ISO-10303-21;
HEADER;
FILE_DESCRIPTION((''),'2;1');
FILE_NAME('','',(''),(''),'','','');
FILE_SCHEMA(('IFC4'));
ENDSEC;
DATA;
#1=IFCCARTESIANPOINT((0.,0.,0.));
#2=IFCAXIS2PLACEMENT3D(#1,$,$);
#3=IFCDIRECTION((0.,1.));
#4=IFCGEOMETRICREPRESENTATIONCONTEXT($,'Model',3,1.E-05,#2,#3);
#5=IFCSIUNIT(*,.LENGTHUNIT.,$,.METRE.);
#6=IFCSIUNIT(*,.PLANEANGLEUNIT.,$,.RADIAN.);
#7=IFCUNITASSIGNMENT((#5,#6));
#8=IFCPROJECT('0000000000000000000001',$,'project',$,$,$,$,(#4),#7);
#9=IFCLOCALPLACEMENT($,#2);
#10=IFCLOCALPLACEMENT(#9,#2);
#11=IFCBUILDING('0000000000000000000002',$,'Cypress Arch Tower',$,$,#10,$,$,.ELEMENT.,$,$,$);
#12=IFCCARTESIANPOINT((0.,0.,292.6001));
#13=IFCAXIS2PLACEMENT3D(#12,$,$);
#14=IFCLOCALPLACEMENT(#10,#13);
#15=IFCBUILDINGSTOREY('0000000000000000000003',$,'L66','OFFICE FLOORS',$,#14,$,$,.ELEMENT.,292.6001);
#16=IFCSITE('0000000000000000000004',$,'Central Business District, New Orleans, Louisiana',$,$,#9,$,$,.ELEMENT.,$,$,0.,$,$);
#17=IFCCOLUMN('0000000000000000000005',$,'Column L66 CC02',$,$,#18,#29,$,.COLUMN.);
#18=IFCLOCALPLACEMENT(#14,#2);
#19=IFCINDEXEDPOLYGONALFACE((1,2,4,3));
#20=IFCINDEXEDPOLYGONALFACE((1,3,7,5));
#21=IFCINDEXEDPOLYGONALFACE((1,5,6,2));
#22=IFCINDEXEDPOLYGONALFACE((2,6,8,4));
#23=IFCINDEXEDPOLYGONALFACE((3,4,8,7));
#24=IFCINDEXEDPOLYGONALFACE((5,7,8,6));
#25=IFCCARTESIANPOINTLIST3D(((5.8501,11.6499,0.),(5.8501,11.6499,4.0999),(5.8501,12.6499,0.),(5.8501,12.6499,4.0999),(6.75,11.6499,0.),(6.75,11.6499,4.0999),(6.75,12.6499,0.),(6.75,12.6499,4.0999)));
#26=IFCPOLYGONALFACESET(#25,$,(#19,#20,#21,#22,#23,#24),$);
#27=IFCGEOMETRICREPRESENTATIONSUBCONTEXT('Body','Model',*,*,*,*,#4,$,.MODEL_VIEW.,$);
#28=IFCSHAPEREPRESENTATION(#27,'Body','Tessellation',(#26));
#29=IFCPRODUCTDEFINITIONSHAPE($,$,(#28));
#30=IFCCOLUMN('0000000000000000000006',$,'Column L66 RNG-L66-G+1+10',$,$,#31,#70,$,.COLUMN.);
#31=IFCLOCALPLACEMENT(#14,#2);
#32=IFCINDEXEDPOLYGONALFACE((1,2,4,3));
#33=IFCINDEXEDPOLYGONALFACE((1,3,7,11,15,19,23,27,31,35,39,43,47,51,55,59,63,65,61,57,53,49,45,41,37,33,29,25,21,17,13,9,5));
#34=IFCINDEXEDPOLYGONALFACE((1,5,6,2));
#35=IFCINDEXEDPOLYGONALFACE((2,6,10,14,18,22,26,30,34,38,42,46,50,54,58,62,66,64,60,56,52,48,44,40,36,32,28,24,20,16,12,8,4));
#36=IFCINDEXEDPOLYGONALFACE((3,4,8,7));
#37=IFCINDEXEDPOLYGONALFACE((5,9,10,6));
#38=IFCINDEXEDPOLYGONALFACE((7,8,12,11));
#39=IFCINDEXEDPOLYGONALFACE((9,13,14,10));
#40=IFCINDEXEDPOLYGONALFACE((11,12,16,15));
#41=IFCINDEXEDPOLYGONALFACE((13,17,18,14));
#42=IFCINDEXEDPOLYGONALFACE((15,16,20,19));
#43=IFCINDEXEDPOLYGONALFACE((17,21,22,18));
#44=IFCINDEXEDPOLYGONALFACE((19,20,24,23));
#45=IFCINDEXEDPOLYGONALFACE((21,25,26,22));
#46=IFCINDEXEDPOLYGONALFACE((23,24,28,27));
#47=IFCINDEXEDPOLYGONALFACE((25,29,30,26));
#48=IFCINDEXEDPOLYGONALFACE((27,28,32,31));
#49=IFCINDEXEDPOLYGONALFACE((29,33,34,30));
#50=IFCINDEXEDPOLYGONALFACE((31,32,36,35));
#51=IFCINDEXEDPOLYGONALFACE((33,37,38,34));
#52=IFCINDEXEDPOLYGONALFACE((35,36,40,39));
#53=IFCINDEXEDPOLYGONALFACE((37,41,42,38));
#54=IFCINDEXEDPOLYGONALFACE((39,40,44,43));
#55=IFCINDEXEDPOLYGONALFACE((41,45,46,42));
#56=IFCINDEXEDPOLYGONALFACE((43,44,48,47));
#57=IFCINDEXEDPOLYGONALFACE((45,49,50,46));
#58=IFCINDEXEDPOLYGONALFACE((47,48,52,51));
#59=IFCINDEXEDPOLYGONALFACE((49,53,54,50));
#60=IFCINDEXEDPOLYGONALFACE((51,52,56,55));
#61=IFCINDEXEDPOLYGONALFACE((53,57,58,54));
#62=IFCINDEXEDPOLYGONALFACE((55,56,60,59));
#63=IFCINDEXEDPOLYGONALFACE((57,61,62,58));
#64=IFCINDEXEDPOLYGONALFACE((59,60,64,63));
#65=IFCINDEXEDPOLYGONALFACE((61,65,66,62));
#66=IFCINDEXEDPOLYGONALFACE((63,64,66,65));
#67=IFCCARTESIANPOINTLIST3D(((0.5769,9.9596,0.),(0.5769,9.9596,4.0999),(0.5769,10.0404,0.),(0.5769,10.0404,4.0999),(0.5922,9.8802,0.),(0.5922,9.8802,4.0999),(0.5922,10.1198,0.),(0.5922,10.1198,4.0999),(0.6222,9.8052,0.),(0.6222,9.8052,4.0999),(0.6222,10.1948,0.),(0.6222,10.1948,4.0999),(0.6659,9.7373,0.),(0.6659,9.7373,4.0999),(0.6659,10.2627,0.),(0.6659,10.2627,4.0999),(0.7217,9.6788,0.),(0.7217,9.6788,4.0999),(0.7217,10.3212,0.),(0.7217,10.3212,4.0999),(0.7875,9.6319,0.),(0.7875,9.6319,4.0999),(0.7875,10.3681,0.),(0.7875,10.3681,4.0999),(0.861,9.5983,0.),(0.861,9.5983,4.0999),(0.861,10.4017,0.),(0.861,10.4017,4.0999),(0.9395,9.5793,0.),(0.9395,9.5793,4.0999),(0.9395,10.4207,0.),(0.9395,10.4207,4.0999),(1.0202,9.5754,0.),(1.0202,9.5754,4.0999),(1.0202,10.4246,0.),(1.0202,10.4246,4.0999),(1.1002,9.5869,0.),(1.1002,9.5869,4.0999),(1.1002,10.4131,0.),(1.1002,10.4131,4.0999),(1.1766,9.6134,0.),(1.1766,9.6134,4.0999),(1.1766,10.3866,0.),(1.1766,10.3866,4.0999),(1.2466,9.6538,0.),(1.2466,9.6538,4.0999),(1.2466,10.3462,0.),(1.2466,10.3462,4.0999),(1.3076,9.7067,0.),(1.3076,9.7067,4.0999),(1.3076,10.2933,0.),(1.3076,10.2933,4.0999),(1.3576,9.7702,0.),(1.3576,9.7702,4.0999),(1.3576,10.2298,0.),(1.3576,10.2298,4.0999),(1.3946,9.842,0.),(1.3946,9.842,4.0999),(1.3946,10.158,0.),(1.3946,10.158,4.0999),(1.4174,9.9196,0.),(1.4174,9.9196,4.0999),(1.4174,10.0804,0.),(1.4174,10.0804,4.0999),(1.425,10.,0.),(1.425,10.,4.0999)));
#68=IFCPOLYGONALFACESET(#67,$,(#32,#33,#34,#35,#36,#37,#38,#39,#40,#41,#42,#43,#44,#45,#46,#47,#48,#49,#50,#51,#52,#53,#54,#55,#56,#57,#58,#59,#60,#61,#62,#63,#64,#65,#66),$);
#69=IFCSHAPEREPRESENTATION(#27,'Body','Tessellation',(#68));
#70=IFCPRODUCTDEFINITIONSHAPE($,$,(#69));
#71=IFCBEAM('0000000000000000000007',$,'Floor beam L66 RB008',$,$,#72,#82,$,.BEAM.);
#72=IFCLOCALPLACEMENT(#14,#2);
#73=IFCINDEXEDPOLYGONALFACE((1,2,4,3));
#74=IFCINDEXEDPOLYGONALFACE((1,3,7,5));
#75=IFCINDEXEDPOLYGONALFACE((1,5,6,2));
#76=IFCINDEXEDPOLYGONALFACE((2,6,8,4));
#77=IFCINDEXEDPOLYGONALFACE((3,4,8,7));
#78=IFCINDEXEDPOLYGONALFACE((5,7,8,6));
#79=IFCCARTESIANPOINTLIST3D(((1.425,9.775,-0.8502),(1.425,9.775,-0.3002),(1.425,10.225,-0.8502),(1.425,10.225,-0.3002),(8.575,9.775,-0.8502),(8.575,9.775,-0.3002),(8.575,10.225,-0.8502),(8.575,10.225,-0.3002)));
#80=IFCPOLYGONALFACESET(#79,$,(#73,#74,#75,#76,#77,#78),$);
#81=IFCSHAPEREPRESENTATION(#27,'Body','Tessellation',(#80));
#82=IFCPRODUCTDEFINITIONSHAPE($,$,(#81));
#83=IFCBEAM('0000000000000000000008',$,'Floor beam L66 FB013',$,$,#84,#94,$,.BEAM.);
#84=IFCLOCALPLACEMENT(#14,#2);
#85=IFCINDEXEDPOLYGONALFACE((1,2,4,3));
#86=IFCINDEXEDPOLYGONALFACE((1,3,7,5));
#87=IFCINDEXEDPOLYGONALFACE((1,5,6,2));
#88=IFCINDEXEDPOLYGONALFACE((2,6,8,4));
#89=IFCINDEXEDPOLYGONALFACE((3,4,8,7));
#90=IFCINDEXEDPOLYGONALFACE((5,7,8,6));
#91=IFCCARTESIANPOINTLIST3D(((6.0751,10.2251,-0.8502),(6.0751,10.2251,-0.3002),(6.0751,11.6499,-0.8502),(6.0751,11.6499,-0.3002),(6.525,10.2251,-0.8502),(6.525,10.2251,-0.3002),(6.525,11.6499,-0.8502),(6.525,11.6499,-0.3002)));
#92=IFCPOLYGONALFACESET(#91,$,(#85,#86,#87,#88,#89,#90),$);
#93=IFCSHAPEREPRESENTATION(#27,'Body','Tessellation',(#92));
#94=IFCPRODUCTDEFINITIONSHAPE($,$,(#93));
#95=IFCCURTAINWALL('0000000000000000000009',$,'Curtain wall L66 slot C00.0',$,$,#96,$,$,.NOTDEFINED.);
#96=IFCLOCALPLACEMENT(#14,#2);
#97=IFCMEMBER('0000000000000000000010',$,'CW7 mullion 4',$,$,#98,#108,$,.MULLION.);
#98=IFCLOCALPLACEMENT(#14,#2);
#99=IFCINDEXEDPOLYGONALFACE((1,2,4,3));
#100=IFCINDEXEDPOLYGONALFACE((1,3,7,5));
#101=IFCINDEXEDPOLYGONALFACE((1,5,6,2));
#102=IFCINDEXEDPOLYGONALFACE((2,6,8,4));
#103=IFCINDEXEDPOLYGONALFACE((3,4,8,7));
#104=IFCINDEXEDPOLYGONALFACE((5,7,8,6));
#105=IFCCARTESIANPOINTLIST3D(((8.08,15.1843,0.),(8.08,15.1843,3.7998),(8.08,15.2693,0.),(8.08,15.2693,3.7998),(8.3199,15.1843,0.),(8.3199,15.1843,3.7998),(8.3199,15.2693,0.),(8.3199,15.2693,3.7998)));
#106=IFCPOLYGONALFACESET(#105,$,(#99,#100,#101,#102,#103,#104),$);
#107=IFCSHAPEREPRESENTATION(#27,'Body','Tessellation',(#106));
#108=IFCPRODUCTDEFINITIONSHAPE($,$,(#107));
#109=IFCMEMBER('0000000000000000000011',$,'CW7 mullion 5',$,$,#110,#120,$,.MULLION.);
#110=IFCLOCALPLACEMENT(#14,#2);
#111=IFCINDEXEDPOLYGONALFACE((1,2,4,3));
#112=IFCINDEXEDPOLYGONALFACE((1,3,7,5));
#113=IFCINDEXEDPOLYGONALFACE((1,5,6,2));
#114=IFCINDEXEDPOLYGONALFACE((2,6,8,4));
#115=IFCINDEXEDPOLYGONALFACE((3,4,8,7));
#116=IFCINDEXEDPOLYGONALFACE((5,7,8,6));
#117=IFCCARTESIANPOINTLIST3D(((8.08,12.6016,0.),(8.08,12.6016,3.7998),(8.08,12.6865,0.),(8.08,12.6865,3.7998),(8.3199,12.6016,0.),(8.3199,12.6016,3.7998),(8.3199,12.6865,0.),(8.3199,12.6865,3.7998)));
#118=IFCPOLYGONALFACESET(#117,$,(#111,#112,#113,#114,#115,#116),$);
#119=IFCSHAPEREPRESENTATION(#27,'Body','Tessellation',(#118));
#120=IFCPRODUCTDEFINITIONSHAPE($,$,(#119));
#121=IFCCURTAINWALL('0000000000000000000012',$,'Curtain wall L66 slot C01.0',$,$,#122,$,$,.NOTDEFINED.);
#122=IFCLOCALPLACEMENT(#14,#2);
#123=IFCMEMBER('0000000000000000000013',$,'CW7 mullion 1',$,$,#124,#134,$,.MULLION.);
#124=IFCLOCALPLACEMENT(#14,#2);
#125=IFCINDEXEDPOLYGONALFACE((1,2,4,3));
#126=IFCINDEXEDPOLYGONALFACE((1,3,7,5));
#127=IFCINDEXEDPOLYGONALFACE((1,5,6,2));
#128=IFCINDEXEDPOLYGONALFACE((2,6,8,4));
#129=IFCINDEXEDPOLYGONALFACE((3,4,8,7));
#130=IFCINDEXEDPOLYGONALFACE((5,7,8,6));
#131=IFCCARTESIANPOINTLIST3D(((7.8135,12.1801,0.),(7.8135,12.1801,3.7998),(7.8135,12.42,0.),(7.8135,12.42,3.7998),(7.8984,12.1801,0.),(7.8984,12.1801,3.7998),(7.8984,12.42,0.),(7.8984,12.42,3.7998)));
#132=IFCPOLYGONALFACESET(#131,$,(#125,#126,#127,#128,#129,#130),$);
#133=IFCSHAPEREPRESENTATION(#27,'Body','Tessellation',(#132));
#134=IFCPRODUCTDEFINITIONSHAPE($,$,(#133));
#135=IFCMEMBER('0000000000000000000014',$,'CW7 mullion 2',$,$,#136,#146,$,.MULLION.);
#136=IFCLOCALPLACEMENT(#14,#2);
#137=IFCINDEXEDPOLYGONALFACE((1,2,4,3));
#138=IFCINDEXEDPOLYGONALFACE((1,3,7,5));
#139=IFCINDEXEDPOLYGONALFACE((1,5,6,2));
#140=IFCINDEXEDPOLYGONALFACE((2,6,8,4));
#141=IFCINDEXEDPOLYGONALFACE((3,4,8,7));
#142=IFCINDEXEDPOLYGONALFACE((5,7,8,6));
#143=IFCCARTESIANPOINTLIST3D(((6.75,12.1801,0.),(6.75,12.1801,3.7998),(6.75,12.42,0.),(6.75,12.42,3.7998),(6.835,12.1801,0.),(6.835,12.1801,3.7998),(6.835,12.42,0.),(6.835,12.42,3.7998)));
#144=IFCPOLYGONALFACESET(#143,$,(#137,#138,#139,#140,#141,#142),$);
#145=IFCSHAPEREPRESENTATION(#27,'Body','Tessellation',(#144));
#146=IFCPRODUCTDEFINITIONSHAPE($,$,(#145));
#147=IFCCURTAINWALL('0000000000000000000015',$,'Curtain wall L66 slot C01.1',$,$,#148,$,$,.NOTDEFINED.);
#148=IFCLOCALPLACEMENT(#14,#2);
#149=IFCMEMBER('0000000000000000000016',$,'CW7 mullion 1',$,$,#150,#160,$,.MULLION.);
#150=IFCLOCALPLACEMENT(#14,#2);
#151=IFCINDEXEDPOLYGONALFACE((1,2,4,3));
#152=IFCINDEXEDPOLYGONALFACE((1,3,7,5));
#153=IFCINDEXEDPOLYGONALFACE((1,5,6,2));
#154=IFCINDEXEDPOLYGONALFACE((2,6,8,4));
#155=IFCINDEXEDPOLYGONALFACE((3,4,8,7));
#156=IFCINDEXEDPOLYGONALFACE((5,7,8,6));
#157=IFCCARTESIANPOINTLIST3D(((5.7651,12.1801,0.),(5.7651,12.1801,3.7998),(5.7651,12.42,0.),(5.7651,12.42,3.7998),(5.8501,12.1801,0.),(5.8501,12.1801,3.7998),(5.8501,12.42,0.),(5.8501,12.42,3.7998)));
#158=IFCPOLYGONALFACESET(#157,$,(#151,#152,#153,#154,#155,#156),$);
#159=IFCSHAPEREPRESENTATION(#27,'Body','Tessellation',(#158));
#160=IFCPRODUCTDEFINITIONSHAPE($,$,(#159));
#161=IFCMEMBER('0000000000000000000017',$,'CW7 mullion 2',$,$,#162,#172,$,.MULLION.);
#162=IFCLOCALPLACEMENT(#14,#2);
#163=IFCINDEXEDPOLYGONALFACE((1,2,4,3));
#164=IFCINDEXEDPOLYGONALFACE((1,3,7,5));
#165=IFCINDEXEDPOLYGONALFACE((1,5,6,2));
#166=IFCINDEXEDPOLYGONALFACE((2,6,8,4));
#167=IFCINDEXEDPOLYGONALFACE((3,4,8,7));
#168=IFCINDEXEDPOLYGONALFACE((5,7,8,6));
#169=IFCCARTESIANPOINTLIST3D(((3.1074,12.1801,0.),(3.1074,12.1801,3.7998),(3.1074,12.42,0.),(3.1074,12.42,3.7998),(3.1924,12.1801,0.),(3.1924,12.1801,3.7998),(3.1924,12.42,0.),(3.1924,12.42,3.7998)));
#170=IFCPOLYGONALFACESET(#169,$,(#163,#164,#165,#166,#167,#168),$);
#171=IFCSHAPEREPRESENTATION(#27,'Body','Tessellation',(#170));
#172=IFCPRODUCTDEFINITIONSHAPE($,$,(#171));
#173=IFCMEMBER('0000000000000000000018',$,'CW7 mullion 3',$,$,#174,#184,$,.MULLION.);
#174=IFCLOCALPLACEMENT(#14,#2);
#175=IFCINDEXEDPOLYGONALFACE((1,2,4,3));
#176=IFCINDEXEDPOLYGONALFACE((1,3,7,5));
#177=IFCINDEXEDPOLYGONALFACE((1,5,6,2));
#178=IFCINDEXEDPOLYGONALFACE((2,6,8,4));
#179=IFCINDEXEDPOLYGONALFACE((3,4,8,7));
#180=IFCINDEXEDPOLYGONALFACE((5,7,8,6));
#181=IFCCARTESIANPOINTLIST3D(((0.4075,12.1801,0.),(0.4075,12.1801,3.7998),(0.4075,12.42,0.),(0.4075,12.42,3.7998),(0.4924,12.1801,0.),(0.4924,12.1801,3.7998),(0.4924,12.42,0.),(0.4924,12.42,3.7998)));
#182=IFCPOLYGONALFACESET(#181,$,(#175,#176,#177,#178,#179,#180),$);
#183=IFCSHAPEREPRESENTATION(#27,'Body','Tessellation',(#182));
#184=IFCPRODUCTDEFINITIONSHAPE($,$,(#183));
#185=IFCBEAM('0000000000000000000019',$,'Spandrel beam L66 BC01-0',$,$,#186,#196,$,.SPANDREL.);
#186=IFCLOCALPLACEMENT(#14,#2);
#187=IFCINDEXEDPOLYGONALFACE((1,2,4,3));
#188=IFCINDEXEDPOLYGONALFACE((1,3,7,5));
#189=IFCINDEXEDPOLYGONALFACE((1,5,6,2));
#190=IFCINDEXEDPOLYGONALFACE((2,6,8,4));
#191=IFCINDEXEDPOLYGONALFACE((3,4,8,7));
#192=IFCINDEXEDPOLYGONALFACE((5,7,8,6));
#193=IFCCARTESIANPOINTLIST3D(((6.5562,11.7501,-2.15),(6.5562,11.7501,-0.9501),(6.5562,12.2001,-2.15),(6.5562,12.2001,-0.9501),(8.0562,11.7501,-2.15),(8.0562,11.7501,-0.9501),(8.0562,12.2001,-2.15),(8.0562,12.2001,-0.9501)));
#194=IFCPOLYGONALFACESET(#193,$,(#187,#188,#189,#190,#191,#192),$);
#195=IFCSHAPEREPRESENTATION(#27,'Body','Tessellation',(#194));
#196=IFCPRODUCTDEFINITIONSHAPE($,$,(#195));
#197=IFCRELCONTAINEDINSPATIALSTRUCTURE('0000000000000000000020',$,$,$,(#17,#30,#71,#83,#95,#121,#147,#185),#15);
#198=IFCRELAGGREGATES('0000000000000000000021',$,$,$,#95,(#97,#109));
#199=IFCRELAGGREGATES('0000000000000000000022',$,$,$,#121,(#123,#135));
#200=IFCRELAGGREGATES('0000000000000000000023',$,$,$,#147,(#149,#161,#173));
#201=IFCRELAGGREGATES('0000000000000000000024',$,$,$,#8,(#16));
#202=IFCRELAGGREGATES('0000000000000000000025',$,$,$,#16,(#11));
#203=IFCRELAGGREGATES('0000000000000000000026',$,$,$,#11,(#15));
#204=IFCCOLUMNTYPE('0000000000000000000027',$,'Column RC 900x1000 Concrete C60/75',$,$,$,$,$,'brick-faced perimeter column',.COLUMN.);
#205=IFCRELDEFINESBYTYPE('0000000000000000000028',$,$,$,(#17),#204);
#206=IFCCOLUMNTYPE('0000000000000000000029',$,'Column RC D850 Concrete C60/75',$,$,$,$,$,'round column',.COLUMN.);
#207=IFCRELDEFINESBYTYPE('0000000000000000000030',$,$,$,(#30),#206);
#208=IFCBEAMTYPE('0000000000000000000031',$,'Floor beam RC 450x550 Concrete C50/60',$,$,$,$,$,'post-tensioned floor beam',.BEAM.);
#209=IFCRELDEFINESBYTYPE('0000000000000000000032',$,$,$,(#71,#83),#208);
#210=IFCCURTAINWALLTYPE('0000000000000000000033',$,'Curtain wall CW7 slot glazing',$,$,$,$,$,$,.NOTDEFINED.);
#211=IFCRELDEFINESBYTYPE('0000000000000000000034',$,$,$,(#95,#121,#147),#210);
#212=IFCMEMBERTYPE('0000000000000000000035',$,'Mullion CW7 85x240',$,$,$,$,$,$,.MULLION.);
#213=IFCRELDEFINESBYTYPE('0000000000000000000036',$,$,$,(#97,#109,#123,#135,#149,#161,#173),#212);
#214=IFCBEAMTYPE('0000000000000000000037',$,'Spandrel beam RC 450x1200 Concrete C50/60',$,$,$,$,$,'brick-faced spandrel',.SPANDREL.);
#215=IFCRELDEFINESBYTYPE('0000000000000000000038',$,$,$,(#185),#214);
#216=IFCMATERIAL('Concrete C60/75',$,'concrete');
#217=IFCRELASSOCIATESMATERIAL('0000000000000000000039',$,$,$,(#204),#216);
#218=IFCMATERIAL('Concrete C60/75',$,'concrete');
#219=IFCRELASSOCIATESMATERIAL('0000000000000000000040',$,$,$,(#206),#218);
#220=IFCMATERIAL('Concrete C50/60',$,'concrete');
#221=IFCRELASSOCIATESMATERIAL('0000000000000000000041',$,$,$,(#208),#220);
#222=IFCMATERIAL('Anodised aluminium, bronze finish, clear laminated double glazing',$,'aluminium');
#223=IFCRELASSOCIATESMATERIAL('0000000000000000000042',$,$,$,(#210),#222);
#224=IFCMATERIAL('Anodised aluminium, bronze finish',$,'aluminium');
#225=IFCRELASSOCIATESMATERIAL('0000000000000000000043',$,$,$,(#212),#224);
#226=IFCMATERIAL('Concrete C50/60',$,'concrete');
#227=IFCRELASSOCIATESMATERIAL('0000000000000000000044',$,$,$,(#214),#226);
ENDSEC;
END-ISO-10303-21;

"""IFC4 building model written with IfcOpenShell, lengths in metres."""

from ifc_helpers import new_model, si_unit, direction, frame, origin, origin_2d, place, context, subcontext, project, spatial, rectangle, circle, extrude, material, material_profile, profile_set, type_object, element, aggregate, save


model = new_model("IFC4")

# Units and contexts
model_context = context("Model", 3, precision=1e-05, world=origin(), true_north=direction((0.0, 1.0)))
body_context = subcontext(model_context, "Body", "Model", "MODEL_VIEW")
ifc_project = project(units=[si_unit("LENGTHUNIT", "METRE"), si_unit("PLANEANGLEUNIT", "RADIAN")], contexts=[model_context])

# Site, building, storey
site_placement = place(None, origin())
site = spatial("IfcSite", under=ifc_project, at=site_placement, Name="Central Business District, New Orleans, Louisiana", CompositionType="ELEMENT", RefElevation=0.0)
building_placement = place(site_placement, origin())
building = spatial("IfcBuilding", under=site, at=building_placement, Name="Cypress Arch Tower", CompositionType="ELEMENT")
storey_placement = place(building_placement, frame((0.0, 0.0, 292.6001)))
storey = spatial("IfcBuildingStorey", under=building, at=storey_placement, Name="L66", Description="OFFICE FLOORS", CompositionType="ELEMENT", Elevation=292.6001)

# Columns
ifc_material_1 = material(Name="Concrete C60/75", Category="concrete")
ifc_material_profile_1 = material_profile(ifc_material_1, rectangle(XDim=0.8999, YDim=1.0, at=origin_2d()), Name="RC 900x1000")
ifc_profile_set_1 = profile_set([ifc_material_profile_1], Name="Concrete C60/75")
column_type_1 = type_object("IfcColumnType", Name="Column RC 900x1000 Concrete C60/75", ElementType="brick-faced perimeter column", PredefinedType="COLUMN", material=ifc_profile_set_1)
column_1_placement = place(storey_placement, frame((6.3, 12.1499, 0.0), z_axis=(0.0, 0.0, 1.0), x_axis=(-1.0, 0.0, 0.0)))
element("IfcColumn", 1, at=column_1_placement, inside=storey, type_object=column_type_1, Name="Column L66 CC02", PredefinedType="COLUMN", context=body_context, shape_type="SweptSolid", body=[
    extrude(rectangle(XDim=0.8999, YDim=1.0, at=origin_2d()), origin(), (0.0, 0.0, 1.0), 4.0999),
])
ifc_material_2 = material(Name="Concrete C60/75", Category="concrete")
ifc_material_profile_2 = material_profile(ifc_material_2, circle(Radius=0.425, at=origin_2d()), Name="RC D850")
ifc_profile_set_2 = profile_set([ifc_material_profile_2], Name="Concrete C60/75")
column_type_2 = type_object("IfcColumnType", Name="Column RC D850 Concrete C60/75", ElementType="round column", PredefinedType="COLUMN", material=ifc_profile_set_2)
column_2_placement = place(storey_placement, frame((1.0, 10.0, 0.0), z_axis=(0.0, 0.0, 1.0), x_axis=(1.0, 0.0, 0.0)))
element("IfcColumn", 2, at=column_2_placement, inside=storey, type_object=column_type_2, Name="Column L66 RNG-L66-G+1+10", PredefinedType="COLUMN", context=body_context, shape_type="SweptSolid", body=[
    extrude(circle(Radius=0.425, at=origin_2d()), origin(), (0.0, 0.0, 1.0), 4.0999),
])

# Beams
ifc_material_3 = material(Name="Concrete C50/60", Category="concrete")
ifc_material_profile_3 = material_profile(ifc_material_3, rectangle(XDim=0.45, YDim=0.55, at=origin_2d()), Name="RC 450x550")
ifc_profile_set_3 = profile_set([ifc_material_profile_3], Name="Concrete C50/60")
beam_type_1 = type_object("IfcBeamType", Name="Floor beam RC 450x550 Concrete C50/60", ElementType="post-tensioned floor beam", PredefinedType="BEAM", material=ifc_profile_set_3)
beam_1_placement = place(storey_placement, frame((1.425, 10.0, -0.5752), z_axis=(1.0, 0.0, 0.0), x_axis=(0.0, 1.0, 0.0)))
element("IfcBeam", 3, at=beam_1_placement, inside=storey, type_object=beam_type_1, Name="Floor beam L66 RB008", PredefinedType="BEAM", context=body_context, shape_type="SweptSolid", body=[
    extrude(rectangle(XDim=0.45, YDim=0.55, at=origin_2d()), origin(), (0.0, 0.0, 1.0), 7.1499),
])
beam_2_placement = place(storey_placement, frame((6.3, 10.2251, -0.5752), z_axis=(0.0, 1.0, 0.0), x_axis=(-1.0, 0.0, 0.0)))
element("IfcBeam", 4, at=beam_2_placement, inside=storey, type_object=beam_type_1, Name="Floor beam L66 FB013", PredefinedType="BEAM", context=body_context, shape_type="SweptSolid", body=[
    extrude(rectangle(XDim=0.45, YDim=0.55, at=origin_2d()), origin(), (0.0, 0.0, 1.0), 1.4248),
])

# Curtain walls, members
ifc_material_4 = material(Name="Anodised aluminium, bronze finish, clear laminated double glazing", Category="aluminium")
curtain_wall_type = type_object("IfcCurtainWallType", Name="Curtain wall CW7 slot glazing", PredefinedType="NOTDEFINED", material=ifc_material_4)
curtain_wall_1_placement = place(storey_placement, origin())
curtain_wall_1 = element("IfcCurtainWall", 5, at=curtain_wall_1_placement, inside=storey, type_object=curtain_wall_type, Name="Curtain wall L66 slot C00.0", PredefinedType="NOTDEFINED")
ifc_material_5 = material(Name="Anodised aluminium, bronze finish", Category="aluminium")
ifc_material_profile_4 = material_profile(ifc_material_5, rectangle(XDim=0.24, YDim=0.085, at=origin_2d()), Name="Mullion 85x240")
ifc_profile_set_4 = profile_set([ifc_material_profile_4], Name="Anodised aluminium, bronze finish")
member_type_1 = type_object("IfcMemberType", Name="Mullion CW7 85x240", PredefinedType="MULLION", material=ifc_profile_set_4)
member_1_placement = place(storey_placement, frame((8.2, 15.2268, 0.0), z_axis=(0.0, 0.0, 1.0), x_axis=(1.0, 0.0, 0.0)))
member_1 = element("IfcMember", 6, at=member_1_placement, type_object=member_type_1, Name="CW7 mullion 4", PredefinedType="MULLION", context=body_context, shape_type="SweptSolid", body=[
    extrude(rectangle(XDim=0.24, YDim=0.085, at=origin_2d()), origin(), (0.0, 0.0, 1.0), 3.7998),
])
member_2_placement = place(storey_placement, frame((8.2, 12.644, 0.0), z_axis=(0.0, 0.0, 1.0), x_axis=(1.0, 0.0, 0.0)))
member_2 = element("IfcMember", 7, at=member_2_placement, type_object=member_type_1, Name="CW7 mullion 5", PredefinedType="MULLION", context=body_context, shape_type="SweptSolid", body=[
    extrude(rectangle(XDim=0.24, YDim=0.085, at=origin_2d()), origin(), (0.0, 0.0, 1.0), 3.7998),
])
curtain_wall_2_placement = place(storey_placement, origin())
curtain_wall_2 = element("IfcCurtainWall", 8, at=curtain_wall_2_placement, inside=storey, type_object=curtain_wall_type, Name="Curtain wall L66 slot C01.0", PredefinedType="NOTDEFINED")
member_3_placement = place(storey_placement, frame((7.856, 12.3, 0.0), z_axis=(0.0, 0.0, 1.0), x_axis=(0.0, -1.0, 0.0)))
member_3 = element("IfcMember", 9, at=member_3_placement, type_object=member_type_1, Name="CW7 mullion 1", PredefinedType="MULLION", context=body_context, shape_type="SweptSolid", body=[
    extrude(rectangle(XDim=0.24, YDim=0.085, at=origin_2d()), origin(), (0.0, 0.0, 1.0), 3.7998),
])
member_4_placement = place(storey_placement, frame((6.7925, 12.3, 0.0), z_axis=(0.0, 0.0, 1.0), x_axis=(0.0, -1.0, 0.0)))
member_4 = element("IfcMember", 10, at=member_4_placement, type_object=member_type_1, Name="CW7 mullion 2", PredefinedType="MULLION", context=body_context, shape_type="SweptSolid", body=[
    extrude(rectangle(XDim=0.24, YDim=0.085, at=origin_2d()), origin(), (0.0, 0.0, 1.0), 3.7998),
])
curtain_wall_3_placement = place(storey_placement, origin())
curtain_wall_3 = element("IfcCurtainWall", 11, at=curtain_wall_3_placement, inside=storey, type_object=curtain_wall_type, Name="Curtain wall L66 slot C01.1", PredefinedType="NOTDEFINED")
member_5_placement = place(storey_placement, frame((5.8076, 12.3, 0.0), z_axis=(0.0, 0.0, 1.0), x_axis=(0.0, -1.0, 0.0)))
member_5 = element("IfcMember", 12, at=member_5_placement, type_object=member_type_1, Name="CW7 mullion 1", PredefinedType="MULLION", context=body_context, shape_type="SweptSolid", body=[
    extrude(rectangle(XDim=0.24, YDim=0.085, at=origin_2d()), origin(), (0.0, 0.0, 1.0), 3.7998),
])
member_6_placement = place(storey_placement, frame((3.1499, 12.3, 0.0), z_axis=(0.0, 0.0, 1.0), x_axis=(0.0, -1.0, 0.0)))
member_6 = element("IfcMember", 13, at=member_6_placement, type_object=member_type_1, Name="CW7 mullion 2", PredefinedType="MULLION", context=body_context, shape_type="SweptSolid", body=[
    extrude(rectangle(XDim=0.24, YDim=0.085, at=origin_2d()), origin(), (0.0, 0.0, 1.0), 3.7998),
])
member_7_placement = place(storey_placement, frame((0.45, 12.3, 0.0), z_axis=(0.0, 0.0, 1.0), x_axis=(0.0, -1.0, 0.0)))
member_7 = element("IfcMember", 14, at=member_7_placement, type_object=member_type_1, Name="CW7 mullion 3", PredefinedType="MULLION", context=body_context, shape_type="SweptSolid", body=[
    extrude(rectangle(XDim=0.24, YDim=0.085, at=origin_2d()), origin(), (0.0, 0.0, 1.0), 3.7998),
])

# Beam
ifc_material_6 = material(Name="Concrete C50/60", Category="concrete")
ifc_material_profile_5 = material_profile(ifc_material_6, rectangle(XDim=0.45, YDim=1.2, at=origin_2d()), Name="RC 450x1200")
ifc_profile_set_5 = profile_set([ifc_material_profile_5], Name="Concrete C50/60")
beam_type_2 = type_object("IfcBeamType", Name="Spandrel beam RC 450x1200 Concrete C50/60", ElementType="brick-faced spandrel", PredefinedType="SPANDREL", material=ifc_profile_set_5)
beam_3_placement = place(storey_placement, frame((8.0562, 11.9751, -1.55), z_axis=(-1.0, 0.0, 0.0), x_axis=(0.0, -1.0, 0.0)))
element("IfcBeam", 15, at=beam_3_placement, inside=storey, type_object=beam_type_2, Name="Spandrel beam L66 BC01-0", PredefinedType="SPANDREL", context=body_context, shape_type="SweptSolid", body=[
    extrude(rectangle(XDim=0.45, YDim=1.2, at=origin_2d()), origin(), (0.0, 0.0, 1.0), 1.5),
])

aggregate(curtain_wall_1, [member_1, member_2])
aggregate(curtain_wall_2, [member_3, member_4])
aggregate(curtain_wall_3, [member_5, member_6, member_7])

save(model, "model.ifc")
